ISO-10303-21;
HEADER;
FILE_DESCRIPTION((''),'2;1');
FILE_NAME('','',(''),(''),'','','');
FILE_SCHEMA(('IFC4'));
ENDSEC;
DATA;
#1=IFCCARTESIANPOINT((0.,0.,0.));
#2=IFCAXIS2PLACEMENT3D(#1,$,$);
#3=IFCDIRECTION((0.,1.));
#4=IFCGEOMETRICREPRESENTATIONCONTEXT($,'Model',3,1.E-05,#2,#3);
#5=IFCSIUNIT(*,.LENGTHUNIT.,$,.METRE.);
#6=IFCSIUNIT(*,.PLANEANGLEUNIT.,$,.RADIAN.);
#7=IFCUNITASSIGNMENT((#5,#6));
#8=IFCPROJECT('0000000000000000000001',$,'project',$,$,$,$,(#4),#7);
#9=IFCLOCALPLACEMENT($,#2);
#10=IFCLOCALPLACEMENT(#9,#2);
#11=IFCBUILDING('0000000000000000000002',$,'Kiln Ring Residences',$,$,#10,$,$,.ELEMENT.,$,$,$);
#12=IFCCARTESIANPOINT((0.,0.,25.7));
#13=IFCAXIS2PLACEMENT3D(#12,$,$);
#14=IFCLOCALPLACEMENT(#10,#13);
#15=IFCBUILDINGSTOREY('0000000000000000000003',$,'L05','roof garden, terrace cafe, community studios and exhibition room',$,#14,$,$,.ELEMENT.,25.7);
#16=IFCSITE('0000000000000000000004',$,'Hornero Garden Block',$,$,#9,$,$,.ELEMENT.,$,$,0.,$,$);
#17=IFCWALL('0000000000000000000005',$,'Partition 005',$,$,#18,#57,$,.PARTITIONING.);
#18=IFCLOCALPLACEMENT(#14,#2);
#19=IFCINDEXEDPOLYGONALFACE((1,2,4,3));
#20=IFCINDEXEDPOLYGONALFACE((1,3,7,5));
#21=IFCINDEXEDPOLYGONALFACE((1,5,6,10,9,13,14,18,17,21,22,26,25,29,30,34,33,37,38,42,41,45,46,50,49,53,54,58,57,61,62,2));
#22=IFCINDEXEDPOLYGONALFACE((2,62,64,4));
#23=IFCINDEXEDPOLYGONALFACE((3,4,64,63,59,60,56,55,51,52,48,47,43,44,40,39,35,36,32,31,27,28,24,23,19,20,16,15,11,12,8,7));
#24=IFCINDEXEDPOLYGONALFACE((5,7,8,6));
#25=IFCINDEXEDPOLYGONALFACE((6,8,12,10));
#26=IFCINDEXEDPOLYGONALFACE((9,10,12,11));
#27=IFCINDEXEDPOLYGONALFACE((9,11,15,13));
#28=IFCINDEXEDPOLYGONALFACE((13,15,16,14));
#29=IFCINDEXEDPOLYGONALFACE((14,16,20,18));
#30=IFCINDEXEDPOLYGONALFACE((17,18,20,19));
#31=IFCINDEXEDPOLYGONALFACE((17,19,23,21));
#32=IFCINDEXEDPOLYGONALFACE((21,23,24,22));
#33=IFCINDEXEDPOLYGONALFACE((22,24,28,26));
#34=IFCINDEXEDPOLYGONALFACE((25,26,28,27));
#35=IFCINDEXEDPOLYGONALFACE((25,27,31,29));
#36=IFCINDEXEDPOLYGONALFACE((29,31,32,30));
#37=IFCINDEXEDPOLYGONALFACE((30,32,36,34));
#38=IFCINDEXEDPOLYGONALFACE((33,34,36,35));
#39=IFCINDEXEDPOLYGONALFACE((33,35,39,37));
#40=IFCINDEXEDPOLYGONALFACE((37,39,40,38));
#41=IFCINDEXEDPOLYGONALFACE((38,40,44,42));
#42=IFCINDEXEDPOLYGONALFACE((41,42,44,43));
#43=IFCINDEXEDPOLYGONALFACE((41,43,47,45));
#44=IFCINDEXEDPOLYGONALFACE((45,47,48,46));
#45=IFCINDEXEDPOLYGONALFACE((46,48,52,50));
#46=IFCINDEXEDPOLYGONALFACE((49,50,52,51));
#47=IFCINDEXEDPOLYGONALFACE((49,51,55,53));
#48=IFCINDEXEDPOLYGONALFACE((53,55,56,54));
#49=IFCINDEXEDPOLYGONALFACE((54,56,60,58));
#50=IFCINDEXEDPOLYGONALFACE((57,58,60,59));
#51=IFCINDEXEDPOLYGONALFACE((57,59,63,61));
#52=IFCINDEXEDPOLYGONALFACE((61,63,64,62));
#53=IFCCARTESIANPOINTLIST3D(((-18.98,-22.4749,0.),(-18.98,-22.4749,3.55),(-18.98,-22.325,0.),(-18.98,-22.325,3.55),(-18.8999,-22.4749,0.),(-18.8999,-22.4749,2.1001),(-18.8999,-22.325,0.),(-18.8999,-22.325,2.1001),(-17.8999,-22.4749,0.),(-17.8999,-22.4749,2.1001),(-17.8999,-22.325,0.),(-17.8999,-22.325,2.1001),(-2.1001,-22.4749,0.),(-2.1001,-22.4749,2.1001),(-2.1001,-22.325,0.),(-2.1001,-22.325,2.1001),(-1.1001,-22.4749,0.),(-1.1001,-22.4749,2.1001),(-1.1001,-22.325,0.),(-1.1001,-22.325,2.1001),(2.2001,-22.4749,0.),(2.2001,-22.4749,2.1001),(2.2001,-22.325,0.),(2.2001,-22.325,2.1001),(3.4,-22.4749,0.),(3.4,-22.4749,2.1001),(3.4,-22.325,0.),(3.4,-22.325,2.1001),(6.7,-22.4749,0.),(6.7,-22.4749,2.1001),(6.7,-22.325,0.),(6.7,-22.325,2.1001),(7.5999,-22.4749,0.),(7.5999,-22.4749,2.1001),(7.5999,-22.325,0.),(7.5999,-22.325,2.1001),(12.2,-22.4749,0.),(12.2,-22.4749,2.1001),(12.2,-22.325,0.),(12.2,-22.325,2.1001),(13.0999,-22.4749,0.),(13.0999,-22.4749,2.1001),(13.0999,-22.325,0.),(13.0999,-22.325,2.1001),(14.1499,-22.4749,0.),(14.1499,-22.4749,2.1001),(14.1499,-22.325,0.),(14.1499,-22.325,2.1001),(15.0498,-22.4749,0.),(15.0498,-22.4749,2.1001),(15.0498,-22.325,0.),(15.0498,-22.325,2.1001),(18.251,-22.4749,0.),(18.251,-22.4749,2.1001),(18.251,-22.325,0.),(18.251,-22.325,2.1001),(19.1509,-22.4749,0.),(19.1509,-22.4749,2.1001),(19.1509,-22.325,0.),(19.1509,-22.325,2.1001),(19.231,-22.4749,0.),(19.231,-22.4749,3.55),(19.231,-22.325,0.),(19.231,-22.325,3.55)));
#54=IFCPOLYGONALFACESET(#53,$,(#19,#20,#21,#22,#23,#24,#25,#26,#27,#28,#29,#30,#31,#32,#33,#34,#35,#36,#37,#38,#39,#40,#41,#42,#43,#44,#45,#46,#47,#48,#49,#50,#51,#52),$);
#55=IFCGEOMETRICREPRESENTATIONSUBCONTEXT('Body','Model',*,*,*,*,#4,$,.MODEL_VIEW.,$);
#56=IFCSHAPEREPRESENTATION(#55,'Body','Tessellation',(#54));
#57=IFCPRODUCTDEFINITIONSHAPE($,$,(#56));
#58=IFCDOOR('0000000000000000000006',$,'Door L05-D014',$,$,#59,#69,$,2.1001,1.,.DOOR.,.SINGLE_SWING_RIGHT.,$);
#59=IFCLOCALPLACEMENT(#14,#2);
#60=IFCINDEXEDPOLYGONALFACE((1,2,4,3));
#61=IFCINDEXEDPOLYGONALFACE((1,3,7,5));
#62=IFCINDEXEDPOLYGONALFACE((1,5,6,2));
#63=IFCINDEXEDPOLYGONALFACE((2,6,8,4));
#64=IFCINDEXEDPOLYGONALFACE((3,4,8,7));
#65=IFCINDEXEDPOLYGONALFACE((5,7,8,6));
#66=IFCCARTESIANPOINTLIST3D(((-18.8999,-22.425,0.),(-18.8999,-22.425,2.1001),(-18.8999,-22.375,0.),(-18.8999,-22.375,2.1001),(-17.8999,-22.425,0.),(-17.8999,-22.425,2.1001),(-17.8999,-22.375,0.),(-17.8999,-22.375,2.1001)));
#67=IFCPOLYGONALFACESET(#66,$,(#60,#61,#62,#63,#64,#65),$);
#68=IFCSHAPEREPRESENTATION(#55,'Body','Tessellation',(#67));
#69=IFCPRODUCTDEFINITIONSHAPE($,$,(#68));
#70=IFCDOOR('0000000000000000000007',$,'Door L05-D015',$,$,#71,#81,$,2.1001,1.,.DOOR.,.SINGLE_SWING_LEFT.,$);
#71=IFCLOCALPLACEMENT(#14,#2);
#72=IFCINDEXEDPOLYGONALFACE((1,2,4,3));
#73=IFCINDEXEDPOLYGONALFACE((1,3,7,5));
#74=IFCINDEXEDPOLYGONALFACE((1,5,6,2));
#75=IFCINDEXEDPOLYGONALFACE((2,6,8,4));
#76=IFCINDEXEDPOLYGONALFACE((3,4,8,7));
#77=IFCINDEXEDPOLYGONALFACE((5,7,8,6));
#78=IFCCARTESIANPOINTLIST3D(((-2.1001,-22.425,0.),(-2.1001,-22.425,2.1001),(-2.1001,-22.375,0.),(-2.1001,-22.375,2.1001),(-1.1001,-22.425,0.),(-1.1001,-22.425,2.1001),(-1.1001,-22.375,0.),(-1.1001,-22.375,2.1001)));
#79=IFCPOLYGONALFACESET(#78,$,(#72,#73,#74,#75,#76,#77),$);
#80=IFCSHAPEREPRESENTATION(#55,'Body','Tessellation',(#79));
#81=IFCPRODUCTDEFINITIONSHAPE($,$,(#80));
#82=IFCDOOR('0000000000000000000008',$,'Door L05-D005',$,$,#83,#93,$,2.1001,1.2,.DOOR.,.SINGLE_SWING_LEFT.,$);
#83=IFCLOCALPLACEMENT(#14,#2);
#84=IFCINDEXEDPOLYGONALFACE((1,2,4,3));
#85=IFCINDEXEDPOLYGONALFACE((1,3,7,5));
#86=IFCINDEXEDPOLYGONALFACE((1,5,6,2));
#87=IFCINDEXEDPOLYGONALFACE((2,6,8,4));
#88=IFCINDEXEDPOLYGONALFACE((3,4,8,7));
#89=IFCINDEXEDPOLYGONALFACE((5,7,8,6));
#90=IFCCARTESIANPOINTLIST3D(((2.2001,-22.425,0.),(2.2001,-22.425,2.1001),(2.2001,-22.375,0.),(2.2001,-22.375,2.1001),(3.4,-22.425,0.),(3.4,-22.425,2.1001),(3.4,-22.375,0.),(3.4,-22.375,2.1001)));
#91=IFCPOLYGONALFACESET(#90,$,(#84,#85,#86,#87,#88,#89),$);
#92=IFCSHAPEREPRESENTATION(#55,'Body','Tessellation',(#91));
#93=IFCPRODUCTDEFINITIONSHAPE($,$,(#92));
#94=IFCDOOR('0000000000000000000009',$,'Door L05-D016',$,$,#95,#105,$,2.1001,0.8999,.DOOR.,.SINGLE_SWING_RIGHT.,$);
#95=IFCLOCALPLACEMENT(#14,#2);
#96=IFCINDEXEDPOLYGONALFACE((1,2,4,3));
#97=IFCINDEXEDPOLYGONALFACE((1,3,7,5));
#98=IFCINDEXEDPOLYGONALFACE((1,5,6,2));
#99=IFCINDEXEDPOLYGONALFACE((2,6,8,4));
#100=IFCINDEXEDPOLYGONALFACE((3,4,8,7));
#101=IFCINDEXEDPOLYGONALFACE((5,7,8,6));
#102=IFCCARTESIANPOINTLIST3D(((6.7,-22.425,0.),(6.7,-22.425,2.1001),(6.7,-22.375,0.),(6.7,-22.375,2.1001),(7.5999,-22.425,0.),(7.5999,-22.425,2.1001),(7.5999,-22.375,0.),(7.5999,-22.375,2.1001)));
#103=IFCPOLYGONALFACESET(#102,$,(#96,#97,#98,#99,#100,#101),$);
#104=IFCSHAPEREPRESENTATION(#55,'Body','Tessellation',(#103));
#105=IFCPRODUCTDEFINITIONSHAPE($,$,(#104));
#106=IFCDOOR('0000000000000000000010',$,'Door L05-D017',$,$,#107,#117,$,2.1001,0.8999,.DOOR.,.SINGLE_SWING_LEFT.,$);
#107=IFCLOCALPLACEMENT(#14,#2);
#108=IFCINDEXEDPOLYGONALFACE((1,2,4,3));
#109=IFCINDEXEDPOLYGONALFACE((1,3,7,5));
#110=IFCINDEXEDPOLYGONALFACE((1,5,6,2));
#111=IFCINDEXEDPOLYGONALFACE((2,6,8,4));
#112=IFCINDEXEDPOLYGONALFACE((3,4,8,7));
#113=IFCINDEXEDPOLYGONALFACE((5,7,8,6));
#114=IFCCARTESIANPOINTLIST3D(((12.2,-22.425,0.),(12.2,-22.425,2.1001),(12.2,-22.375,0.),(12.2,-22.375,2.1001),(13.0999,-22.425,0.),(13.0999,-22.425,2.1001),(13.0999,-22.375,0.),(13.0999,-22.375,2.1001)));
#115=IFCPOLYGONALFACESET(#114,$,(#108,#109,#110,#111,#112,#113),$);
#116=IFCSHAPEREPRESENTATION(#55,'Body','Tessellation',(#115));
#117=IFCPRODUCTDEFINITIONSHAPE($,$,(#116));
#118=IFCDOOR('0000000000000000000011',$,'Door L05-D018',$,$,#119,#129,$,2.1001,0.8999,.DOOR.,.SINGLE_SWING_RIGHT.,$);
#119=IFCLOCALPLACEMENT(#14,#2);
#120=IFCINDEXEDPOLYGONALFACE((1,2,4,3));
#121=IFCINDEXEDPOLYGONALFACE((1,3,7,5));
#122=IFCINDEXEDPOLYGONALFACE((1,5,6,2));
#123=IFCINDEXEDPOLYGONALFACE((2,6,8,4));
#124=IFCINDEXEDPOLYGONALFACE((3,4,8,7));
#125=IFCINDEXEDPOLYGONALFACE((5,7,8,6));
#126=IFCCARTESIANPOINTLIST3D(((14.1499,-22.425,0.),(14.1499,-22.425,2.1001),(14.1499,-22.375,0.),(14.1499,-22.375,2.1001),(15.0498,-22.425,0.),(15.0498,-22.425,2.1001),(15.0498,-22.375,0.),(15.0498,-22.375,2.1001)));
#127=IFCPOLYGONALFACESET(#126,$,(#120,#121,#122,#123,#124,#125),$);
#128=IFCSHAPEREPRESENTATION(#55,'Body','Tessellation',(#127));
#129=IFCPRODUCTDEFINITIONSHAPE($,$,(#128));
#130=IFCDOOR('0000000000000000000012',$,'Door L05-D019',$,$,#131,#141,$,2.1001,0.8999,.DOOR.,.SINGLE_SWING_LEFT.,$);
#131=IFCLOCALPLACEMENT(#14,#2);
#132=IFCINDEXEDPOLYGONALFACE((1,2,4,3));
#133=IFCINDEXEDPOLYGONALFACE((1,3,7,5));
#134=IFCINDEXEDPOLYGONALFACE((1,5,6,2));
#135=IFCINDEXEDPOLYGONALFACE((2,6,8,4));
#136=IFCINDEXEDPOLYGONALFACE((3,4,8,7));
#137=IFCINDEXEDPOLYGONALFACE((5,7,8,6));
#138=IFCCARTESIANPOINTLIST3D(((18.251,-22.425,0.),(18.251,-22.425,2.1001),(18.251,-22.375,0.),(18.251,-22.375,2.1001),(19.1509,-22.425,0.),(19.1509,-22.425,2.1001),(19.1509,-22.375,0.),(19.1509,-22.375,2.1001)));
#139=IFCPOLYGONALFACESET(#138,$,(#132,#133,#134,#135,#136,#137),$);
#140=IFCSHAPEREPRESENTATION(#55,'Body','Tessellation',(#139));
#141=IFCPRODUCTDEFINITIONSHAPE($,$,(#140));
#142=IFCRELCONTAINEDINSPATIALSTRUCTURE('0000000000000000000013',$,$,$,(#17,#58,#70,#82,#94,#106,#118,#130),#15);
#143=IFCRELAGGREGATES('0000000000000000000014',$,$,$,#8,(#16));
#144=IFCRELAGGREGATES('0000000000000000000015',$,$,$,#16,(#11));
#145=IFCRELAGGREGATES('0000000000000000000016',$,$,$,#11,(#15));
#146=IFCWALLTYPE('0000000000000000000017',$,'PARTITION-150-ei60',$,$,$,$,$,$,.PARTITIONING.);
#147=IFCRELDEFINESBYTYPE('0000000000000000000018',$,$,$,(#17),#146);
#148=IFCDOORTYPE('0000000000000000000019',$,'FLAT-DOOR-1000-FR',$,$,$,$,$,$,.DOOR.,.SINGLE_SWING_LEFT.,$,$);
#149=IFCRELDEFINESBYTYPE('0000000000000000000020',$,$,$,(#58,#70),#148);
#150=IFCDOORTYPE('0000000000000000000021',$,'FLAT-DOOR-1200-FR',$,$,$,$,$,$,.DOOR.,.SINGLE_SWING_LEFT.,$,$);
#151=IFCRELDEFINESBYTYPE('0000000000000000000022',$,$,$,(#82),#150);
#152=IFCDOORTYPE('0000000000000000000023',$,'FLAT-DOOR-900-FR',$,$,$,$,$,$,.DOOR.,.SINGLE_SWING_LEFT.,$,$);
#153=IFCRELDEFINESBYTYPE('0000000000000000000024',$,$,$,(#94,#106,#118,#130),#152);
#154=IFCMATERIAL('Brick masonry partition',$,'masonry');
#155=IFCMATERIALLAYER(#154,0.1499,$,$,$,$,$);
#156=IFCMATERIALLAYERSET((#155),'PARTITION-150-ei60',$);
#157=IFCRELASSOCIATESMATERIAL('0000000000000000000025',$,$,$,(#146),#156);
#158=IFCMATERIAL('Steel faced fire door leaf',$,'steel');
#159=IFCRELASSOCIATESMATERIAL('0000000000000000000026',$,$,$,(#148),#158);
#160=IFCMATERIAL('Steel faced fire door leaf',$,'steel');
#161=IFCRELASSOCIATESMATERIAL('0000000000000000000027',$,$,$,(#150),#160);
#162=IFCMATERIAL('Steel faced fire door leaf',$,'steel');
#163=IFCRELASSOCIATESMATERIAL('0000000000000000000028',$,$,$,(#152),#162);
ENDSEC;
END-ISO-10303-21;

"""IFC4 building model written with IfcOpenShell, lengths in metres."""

from ifc_helpers import new_model, si_unit, direction, frame, frame_2d, origin, place, context, subcontext, project, spatial, rectangle, extrude, material, layer, layer_set, type_object, element, fill, save


model = new_model("IFC4")

# Units and contexts
model_context = context("Model", 3, precision=1e-05, world=origin(), true_north=direction((0.0, 1.0)))
body_context = subcontext(model_context, "Body", "Model", "MODEL_VIEW")
ifc_project = project(units=[si_unit("LENGTHUNIT", "METRE"), si_unit("PLANEANGLEUNIT", "RADIAN")], contexts=[model_context])

# Site, building, storey
site_placement = place(None, origin())
site = spatial("IfcSite", under=ifc_project, at=site_placement, Name="Hornero Garden Block", CompositionType="ELEMENT", RefElevation=0.0)
building_placement = place(site_placement, origin())
building = spatial("IfcBuilding", under=site, at=building_placement, Name="Kiln Ring Residences", CompositionType="ELEMENT")
storey_placement = place(building_placement, frame((0.0, 0.0, 25.7)))
storey = spatial("IfcBuildingStorey", under=building, at=storey_placement, Name="L05", Description="roof garden, terrace cafe, community studios and exhibition room", CompositionType="ELEMENT", Elevation=25.7)

# Wall, openings, doors
ifc_material_1 = material(Name="Brick masonry partition", Category="masonry")
ifc_layer_1 = layer(ifc_material_1, 0.1499)
ifc_layer_set_1 = layer_set([ifc_layer_1], Name="PARTITION-150-ei60")
wall_type_1 = type_object("IfcWallType", Name="PARTITION-150-ei60", PredefinedType="PARTITIONING", material=ifc_layer_set_1)
wall_1_placement = place(storey_placement, frame((-18.98, -22.3999, 0.0), z_axis=(0.0, 0.0, 1.0), x_axis=(1.0, 0.0, 0.0)))
wall_1 = element("IfcWall", 1, at=wall_1_placement, inside=storey, type_object=wall_type_1, Name="Partition 005", PredefinedType="PARTITIONING", context=body_context, shape_type="SweptSolid", body=[
    extrude(rectangle(XDim=38.2109, YDim=0.1499, at=frame_2d((19.1055, 0.0))), origin(), (0.0, 0.0, 1.0), 3.55),
])
opening_1_placement = place(wall_1_placement, frame((21.1799, 0.0, 0.0)))
opening_1 = element("IfcOpeningElement", 2, at=opening_1_placement, cuts=wall_1, PredefinedType="OPENING", context=body_context, shape_type="SweptSolid", body=[
    extrude(rectangle(XDim=1.2, YDim=2.1001, at=frame_2d((0.6001, 1.05))), frame((0.0, 0.085, 0.0), z_axis=(0.0, -1.0, 0.0), x_axis=(1.0, 0.0, 0.0)), (0.0, 0.0, 1.0), 0.1699),
])
opening_2_placement = place(wall_1_placement, frame((0.0801, 0.0, 0.0)))
opening_2 = element("IfcOpeningElement", 3, at=opening_2_placement, cuts=wall_1, PredefinedType="OPENING", context=body_context, shape_type="SweptSolid", body=[
    extrude(rectangle(XDim=1.0, YDim=2.1001, at=frame_2d((0.5, 1.05))), frame((0.0, 0.085, 0.0), z_axis=(0.0, -1.0, 0.0), x_axis=(1.0, 0.0, 0.0)), (0.0, 0.0, 1.0), 0.1699),
])
opening_3_placement = place(wall_1_placement, frame((16.8799, 0.0, 0.0)))
opening_3 = element("IfcOpeningElement", 4, at=opening_3_placement, cuts=wall_1, PredefinedType="OPENING", context=body_context, shape_type="SweptSolid", body=[
    extrude(rectangle(XDim=1.0, YDim=2.1001, at=frame_2d((0.5, 1.05))), frame((0.0, 0.085, 0.0), z_axis=(0.0, -1.0, 0.0), x_axis=(1.0, 0.0, 0.0)), (0.0, 0.0, 1.0), 0.1699),
])
opening_4_placement = place(wall_1_placement, frame((25.6799, 0.0, 0.0)))
opening_4 = element("IfcOpeningElement", 5, at=opening_4_placement, cuts=wall_1, PredefinedType="OPENING", context=body_context, shape_type="SweptSolid", body=[
    extrude(rectangle(XDim=0.8999, YDim=2.1001, at=frame_2d((0.45, 1.05))), frame((0.0, 0.085, 0.0), z_axis=(0.0, -1.0, 0.0), x_axis=(1.0, 0.0, 0.0)), (0.0, 0.0, 1.0), 0.1699),
])
opening_5_placement = place(wall_1_placement, frame((31.1799, 0.0, 0.0)))
opening_5 = element("IfcOpeningElement", 6, at=opening_5_placement, cuts=wall_1, PredefinedType="OPENING", context=body_context, shape_type="SweptSolid", body=[
    extrude(rectangle(XDim=0.8999, YDim=2.1001, at=frame_2d((0.45, 1.05))), frame((0.0, 0.085, 0.0), z_axis=(0.0, -1.0, 0.0), x_axis=(1.0, 0.0, 0.0)), (0.0, 0.0, 1.0), 0.1699),
])
opening_6_placement = place(wall_1_placement, frame((33.1299, 0.0, 0.0)))
opening_6 = element("IfcOpeningElement", 7, at=opening_6_placement, cuts=wall_1, PredefinedType="OPENING", context=body_context, shape_type="SweptSolid", body=[
    extrude(rectangle(XDim=0.8999, YDim=2.1001, at=frame_2d((0.45, 1.05))), frame((0.0, 0.085, 0.0), z_axis=(0.0, -1.0, 0.0), x_axis=(1.0, 0.0, 0.0)), (0.0, 0.0, 1.0), 0.1699),
])
opening_7_placement = place(wall_1_placement, frame((37.231, 0.0, 0.0)))
opening_7 = element("IfcOpeningElement", 8, at=opening_7_placement, cuts=wall_1, PredefinedType="OPENING", context=body_context, shape_type="SweptSolid", body=[
    extrude(rectangle(XDim=0.8999, YDim=2.1001, at=frame_2d((0.45, 1.05))), frame((0.0, 0.085, 0.0), z_axis=(0.0, -1.0, 0.0), x_axis=(1.0, 0.0, 0.0)), (0.0, 0.0, 1.0), 0.1699),
])
ifc_material_2 = material(Name="Steel faced fire door leaf", Category="steel")
door_type_1 = type_object("IfcDoorType", Name="FLAT-DOOR-1000-FR", OperationType="SINGLE_SWING_LEFT", PredefinedType="DOOR", material=ifc_material_2)
door_1_placement = place(opening_2_placement, origin())
door_1 = element("IfcDoor", 9, at=door_1_placement, inside=storey, type_object=door_type_1, Name="Door L05-D014", OperationType="SINGLE_SWING_RIGHT", OverallHeight=2.1001, OverallWidth=1.0, PredefinedType="DOOR", context=body_context, shape_type="SweptSolid", body=[
    extrude(rectangle(XDim=1.0, YDim=2.1001, at=frame_2d((0.5, 1.05))), frame((0.0, 0.0249, 0.0), z_axis=(0.0, -1.0, 0.0), x_axis=(1.0, 0.0, 0.0)), (0.0, 0.0, 1.0), 0.05),
])
fill(opening_2, door_1)
door_2_placement = place(opening_3_placement, origin())
door_2 = element("IfcDoor", 10, at=door_2_placement, inside=storey, type_object=door_type_1, Name="Door L05-D015", OperationType="SINGLE_SWING_LEFT", OverallHeight=2.1001, OverallWidth=1.0, PredefinedType="DOOR", context=body_context, shape_type="SweptSolid", body=[
    extrude(rectangle(XDim=1.0, YDim=2.1001, at=frame_2d((0.5, 1.05))), frame((0.0, 0.0249, 0.0), z_axis=(0.0, -1.0, 0.0), x_axis=(1.0, 0.0, 0.0)), (0.0, 0.0, 1.0), 0.05),
])
fill(opening_3, door_2)
ifc_material_3 = material(Name="Steel faced fire door leaf", Category="steel")
door_type_2 = type_object("IfcDoorType", Name="FLAT-DOOR-1200-FR", OperationType="SINGLE_SWING_LEFT", PredefinedType="DOOR", material=ifc_material_3)
door_3_placement = place(opening_1_placement, origin())
door_3 = element("IfcDoor", 11, at=door_3_placement, inside=storey, type_object=door_type_2, Name="Door L05-D005", OperationType="SINGLE_SWING_LEFT", OverallHeight=2.1001, OverallWidth=1.2, PredefinedType="DOOR", context=body_context, shape_type="SweptSolid", body=[
    extrude(rectangle(XDim=1.2, YDim=2.1001, at=frame_2d((0.6001, 1.05))), frame((0.0, 0.0249, 0.0), z_axis=(0.0, -1.0, 0.0), x_axis=(1.0, 0.0, 0.0)), (0.0, 0.0, 1.0), 0.05),
])
fill(opening_1, door_3)
ifc_material_4 = material(Name="Steel faced fire door leaf", Category="steel")
door_type_3 = type_object("IfcDoorType", Name="FLAT-DOOR-900-FR", OperationType="SINGLE_SWING_LEFT", PredefinedType="DOOR", material=ifc_material_4)
door_4_placement = place(opening_4_placement, origin())
door_4 = element("IfcDoor", 12, at=door_4_placement, inside=storey, type_object=door_type_3, Name="Door L05-D016", OperationType="SINGLE_SWING_RIGHT", OverallHeight=2.1001, OverallWidth=0.8999, PredefinedType="DOOR", context=body_context, shape_type="SweptSolid", body=[
    extrude(rectangle(XDim=0.8999, YDim=2.1001, at=frame_2d((0.45, 1.05))), frame((0.0, 0.0249, 0.0), z_axis=(0.0, -1.0, 0.0), x_axis=(1.0, 0.0, 0.0)), (0.0, 0.0, 1.0), 0.05),
])
fill(opening_4, door_4)
door_5_placement = place(opening_5_placement, origin())
door_5 = element("IfcDoor", 13, at=door_5_placement, inside=storey, type_object=door_type_3, Name="Door L05-D017", OperationType="SINGLE_SWING_LEFT", OverallHeight=2.1001, OverallWidth=0.8999, PredefinedType="DOOR", context=body_context, shape_type="SweptSolid", body=[
    extrude(rectangle(XDim=0.8999, YDim=2.1001, at=frame_2d((0.45, 1.05))), frame((0.0, 0.0249, 0.0), z_axis=(0.0, -1.0, 0.0), x_axis=(1.0, 0.0, 0.0)), (0.0, 0.0, 1.0), 0.05),
])
fill(opening_5, door_5)
door_6_placement = place(opening_6_placement, origin())
door_6 = element("IfcDoor", 14, at=door_6_placement, inside=storey, type_object=door_type_3, Name="Door L05-D018", OperationType="SINGLE_SWING_RIGHT", OverallHeight=2.1001, OverallWidth=0.8999, PredefinedType="DOOR", context=body_context, shape_type="SweptSolid", body=[
    extrude(rectangle(XDim=0.8999, YDim=2.1001, at=frame_2d((0.45, 1.05))), frame((0.0, 0.0249, 0.0), z_axis=(0.0, -1.0, 0.0), x_axis=(1.0, 0.0, 0.0)), (0.0, 0.0, 1.0), 0.05),
])
fill(opening_6, door_6)
door_7_placement = place(opening_7_placement, origin())
door_7 = element("IfcDoor", 15, at=door_7_placement, inside=storey, type_object=door_type_3, Name="Door L05-D019", OperationType="SINGLE_SWING_LEFT", OverallHeight=2.1001, OverallWidth=0.8999, PredefinedType="DOOR", context=body_context, shape_type="SweptSolid", body=[
    extrude(rectangle(XDim=0.8999, YDim=2.1001, at=frame_2d((0.45, 1.05))), frame((0.0, 0.0249, 0.0), z_axis=(0.0, -1.0, 0.0), x_axis=(1.0, 0.0, 0.0)), (0.0, 0.0, 1.0), 0.05),
])
fill(opening_7, door_7)

save(model, "model.ifc")
